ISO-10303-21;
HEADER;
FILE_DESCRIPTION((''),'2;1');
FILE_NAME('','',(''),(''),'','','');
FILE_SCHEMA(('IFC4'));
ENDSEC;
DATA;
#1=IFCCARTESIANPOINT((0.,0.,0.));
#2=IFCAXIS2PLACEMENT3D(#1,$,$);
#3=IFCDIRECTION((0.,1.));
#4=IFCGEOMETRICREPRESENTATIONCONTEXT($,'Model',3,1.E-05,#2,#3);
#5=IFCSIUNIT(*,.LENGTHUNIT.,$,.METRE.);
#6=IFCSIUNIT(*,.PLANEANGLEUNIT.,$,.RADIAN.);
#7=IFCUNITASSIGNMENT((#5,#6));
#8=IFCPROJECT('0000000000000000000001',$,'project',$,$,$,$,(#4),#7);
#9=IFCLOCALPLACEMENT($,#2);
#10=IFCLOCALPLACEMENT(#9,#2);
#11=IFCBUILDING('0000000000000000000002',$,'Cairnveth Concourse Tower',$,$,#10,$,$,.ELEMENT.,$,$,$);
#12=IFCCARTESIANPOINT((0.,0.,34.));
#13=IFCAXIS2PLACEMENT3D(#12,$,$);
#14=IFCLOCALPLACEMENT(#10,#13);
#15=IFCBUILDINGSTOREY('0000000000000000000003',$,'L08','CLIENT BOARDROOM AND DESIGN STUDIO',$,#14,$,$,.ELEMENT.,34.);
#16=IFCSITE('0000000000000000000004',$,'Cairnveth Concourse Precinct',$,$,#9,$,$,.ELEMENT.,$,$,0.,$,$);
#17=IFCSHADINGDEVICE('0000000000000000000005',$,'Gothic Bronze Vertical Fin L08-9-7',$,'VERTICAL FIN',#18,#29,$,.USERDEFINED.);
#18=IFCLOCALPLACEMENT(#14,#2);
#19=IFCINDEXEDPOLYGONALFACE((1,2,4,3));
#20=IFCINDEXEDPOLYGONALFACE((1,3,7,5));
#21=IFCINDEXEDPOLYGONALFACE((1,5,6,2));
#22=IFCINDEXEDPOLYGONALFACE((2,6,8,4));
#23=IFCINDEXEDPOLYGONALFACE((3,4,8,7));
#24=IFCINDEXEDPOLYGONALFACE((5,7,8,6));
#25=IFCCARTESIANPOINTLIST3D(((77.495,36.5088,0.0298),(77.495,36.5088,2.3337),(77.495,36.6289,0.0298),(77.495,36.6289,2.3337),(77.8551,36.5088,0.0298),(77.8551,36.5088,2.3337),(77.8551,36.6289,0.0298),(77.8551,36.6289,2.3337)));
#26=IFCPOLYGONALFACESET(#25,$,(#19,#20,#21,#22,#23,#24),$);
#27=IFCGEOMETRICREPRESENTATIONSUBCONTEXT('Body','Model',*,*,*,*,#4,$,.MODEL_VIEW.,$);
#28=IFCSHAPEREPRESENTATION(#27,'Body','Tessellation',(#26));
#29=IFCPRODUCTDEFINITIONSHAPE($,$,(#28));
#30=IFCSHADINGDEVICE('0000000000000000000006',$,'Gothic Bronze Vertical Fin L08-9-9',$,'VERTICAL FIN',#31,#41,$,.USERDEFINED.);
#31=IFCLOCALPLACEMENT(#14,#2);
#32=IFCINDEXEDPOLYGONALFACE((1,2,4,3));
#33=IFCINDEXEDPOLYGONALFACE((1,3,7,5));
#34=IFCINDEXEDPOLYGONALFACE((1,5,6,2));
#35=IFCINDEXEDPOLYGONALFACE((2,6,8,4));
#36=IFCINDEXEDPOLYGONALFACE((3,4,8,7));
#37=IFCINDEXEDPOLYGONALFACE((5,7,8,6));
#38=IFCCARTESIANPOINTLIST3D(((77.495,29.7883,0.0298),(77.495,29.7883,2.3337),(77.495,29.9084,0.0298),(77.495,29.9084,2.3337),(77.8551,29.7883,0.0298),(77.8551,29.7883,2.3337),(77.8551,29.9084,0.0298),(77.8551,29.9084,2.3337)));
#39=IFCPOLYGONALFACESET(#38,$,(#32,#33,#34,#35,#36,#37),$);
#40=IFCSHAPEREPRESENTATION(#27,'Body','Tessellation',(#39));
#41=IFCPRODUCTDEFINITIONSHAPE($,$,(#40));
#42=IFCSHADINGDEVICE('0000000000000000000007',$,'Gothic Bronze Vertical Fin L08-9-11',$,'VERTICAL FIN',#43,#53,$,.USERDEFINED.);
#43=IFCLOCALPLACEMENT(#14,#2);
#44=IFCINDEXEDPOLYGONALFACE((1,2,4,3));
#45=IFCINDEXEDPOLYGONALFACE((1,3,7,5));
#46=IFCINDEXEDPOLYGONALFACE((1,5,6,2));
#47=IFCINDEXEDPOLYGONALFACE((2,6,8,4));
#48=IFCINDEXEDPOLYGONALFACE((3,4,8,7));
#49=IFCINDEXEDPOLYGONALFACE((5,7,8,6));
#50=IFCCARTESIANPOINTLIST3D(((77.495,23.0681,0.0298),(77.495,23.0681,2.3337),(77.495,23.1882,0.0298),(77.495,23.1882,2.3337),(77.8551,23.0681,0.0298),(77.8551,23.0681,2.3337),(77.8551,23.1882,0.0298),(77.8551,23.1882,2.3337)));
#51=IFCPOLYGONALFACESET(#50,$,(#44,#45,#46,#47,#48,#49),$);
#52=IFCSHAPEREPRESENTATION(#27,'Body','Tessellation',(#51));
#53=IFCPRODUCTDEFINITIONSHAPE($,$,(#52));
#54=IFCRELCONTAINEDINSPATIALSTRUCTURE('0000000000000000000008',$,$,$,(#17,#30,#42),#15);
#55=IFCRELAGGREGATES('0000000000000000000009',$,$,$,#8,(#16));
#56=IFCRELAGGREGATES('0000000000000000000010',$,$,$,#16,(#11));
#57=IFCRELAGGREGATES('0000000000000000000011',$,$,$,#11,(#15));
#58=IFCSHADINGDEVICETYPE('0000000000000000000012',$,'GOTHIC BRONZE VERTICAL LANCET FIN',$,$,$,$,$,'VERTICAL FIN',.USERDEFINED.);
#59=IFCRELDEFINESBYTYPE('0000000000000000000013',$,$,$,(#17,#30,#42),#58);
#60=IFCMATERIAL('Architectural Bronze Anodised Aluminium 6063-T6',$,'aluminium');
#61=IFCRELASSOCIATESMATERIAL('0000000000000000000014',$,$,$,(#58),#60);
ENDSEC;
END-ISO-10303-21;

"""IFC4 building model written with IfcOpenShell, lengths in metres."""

from ifc_helpers import new_model, si_unit, direction, frame, origin, origin_2d, place, context, subcontext, project, spatial, rectangle, extrude, material, type_object, element, save


model = new_model("IFC4")

# Units and contexts
model_context = context("Model", 3, precision=1e-05, world=origin(), true_north=direction((0.0, 1.0)))
body_context = subcontext(model_context, "Body", "Model", "MODEL_VIEW")
ifc_project = project(units=[si_unit("LENGTHUNIT", "METRE"), si_unit("PLANEANGLEUNIT", "RADIAN")], contexts=[model_context])

# Site, building, storey
site_placement = place(None, origin())
site = spatial("IfcSite", under=ifc_project, at=site_placement, Name="Cairnveth Concourse Precinct", CompositionType="ELEMENT", RefElevation=0.0)
building_placement = place(site_placement, origin())
building = spatial("IfcBuilding", under=site, at=building_placement, Name="Cairnveth Concourse Tower", CompositionType="ELEMENT")
storey_placement = place(building_placement, frame((0.0, 0.0, 34.0)))
storey = spatial("IfcBuildingStorey", under=building, at=storey_placement, Name="L08", Description="CLIENT BOARDROOM AND DESIGN STUDIO", CompositionType="ELEMENT", Elevation=34.0)

# Shading devices
ifc_material_1 = material(Name="Architectural Bronze Anodised Aluminium 6063-T6", Category="aluminium")
shading_device_type = type_object("IfcShadingDeviceType", Name="GOTHIC BRONZE VERTICAL LANCET FIN", ElementType="VERTICAL FIN", PredefinedType="USERDEFINED", material=ifc_material_1)
for number, where, z_axis, x_axis, name in (
    (1, (77.675, 36.5688, 0.0298), (0.0, 0.0, 1.0), (0.0, 1.0, 0.0), "Gothic Bronze Vertical Fin L08-9-7"),
    (2, (77.675, 29.8484, 0.0298), (0.0, 0.0, 1.0), (0.0, 1.0, 0.0), "Gothic Bronze Vertical Fin L08-9-9"),
    (3, (77.675, 23.1282, 0.0298), (0.0, 0.0, 1.0), (0.0, 1.0, 0.0), "Gothic Bronze Vertical Fin L08-9-11"),
):
    element("IfcShadingDevice", number, at=place(storey_placement, frame(where, z_axis=z_axis, x_axis=x_axis)), inside=storey, type_object=shading_device_type, Name=name, ObjectType="VERTICAL FIN", PredefinedType="USERDEFINED", context=body_context, shape_type="SweptSolid", body=[
        extrude(rectangle(XDim=0.1201, YDim=0.3601, at=origin_2d()), origin(), (0.0, 0.0, 1.0), 2.304),
    ])

save(model, "model.ifc")
